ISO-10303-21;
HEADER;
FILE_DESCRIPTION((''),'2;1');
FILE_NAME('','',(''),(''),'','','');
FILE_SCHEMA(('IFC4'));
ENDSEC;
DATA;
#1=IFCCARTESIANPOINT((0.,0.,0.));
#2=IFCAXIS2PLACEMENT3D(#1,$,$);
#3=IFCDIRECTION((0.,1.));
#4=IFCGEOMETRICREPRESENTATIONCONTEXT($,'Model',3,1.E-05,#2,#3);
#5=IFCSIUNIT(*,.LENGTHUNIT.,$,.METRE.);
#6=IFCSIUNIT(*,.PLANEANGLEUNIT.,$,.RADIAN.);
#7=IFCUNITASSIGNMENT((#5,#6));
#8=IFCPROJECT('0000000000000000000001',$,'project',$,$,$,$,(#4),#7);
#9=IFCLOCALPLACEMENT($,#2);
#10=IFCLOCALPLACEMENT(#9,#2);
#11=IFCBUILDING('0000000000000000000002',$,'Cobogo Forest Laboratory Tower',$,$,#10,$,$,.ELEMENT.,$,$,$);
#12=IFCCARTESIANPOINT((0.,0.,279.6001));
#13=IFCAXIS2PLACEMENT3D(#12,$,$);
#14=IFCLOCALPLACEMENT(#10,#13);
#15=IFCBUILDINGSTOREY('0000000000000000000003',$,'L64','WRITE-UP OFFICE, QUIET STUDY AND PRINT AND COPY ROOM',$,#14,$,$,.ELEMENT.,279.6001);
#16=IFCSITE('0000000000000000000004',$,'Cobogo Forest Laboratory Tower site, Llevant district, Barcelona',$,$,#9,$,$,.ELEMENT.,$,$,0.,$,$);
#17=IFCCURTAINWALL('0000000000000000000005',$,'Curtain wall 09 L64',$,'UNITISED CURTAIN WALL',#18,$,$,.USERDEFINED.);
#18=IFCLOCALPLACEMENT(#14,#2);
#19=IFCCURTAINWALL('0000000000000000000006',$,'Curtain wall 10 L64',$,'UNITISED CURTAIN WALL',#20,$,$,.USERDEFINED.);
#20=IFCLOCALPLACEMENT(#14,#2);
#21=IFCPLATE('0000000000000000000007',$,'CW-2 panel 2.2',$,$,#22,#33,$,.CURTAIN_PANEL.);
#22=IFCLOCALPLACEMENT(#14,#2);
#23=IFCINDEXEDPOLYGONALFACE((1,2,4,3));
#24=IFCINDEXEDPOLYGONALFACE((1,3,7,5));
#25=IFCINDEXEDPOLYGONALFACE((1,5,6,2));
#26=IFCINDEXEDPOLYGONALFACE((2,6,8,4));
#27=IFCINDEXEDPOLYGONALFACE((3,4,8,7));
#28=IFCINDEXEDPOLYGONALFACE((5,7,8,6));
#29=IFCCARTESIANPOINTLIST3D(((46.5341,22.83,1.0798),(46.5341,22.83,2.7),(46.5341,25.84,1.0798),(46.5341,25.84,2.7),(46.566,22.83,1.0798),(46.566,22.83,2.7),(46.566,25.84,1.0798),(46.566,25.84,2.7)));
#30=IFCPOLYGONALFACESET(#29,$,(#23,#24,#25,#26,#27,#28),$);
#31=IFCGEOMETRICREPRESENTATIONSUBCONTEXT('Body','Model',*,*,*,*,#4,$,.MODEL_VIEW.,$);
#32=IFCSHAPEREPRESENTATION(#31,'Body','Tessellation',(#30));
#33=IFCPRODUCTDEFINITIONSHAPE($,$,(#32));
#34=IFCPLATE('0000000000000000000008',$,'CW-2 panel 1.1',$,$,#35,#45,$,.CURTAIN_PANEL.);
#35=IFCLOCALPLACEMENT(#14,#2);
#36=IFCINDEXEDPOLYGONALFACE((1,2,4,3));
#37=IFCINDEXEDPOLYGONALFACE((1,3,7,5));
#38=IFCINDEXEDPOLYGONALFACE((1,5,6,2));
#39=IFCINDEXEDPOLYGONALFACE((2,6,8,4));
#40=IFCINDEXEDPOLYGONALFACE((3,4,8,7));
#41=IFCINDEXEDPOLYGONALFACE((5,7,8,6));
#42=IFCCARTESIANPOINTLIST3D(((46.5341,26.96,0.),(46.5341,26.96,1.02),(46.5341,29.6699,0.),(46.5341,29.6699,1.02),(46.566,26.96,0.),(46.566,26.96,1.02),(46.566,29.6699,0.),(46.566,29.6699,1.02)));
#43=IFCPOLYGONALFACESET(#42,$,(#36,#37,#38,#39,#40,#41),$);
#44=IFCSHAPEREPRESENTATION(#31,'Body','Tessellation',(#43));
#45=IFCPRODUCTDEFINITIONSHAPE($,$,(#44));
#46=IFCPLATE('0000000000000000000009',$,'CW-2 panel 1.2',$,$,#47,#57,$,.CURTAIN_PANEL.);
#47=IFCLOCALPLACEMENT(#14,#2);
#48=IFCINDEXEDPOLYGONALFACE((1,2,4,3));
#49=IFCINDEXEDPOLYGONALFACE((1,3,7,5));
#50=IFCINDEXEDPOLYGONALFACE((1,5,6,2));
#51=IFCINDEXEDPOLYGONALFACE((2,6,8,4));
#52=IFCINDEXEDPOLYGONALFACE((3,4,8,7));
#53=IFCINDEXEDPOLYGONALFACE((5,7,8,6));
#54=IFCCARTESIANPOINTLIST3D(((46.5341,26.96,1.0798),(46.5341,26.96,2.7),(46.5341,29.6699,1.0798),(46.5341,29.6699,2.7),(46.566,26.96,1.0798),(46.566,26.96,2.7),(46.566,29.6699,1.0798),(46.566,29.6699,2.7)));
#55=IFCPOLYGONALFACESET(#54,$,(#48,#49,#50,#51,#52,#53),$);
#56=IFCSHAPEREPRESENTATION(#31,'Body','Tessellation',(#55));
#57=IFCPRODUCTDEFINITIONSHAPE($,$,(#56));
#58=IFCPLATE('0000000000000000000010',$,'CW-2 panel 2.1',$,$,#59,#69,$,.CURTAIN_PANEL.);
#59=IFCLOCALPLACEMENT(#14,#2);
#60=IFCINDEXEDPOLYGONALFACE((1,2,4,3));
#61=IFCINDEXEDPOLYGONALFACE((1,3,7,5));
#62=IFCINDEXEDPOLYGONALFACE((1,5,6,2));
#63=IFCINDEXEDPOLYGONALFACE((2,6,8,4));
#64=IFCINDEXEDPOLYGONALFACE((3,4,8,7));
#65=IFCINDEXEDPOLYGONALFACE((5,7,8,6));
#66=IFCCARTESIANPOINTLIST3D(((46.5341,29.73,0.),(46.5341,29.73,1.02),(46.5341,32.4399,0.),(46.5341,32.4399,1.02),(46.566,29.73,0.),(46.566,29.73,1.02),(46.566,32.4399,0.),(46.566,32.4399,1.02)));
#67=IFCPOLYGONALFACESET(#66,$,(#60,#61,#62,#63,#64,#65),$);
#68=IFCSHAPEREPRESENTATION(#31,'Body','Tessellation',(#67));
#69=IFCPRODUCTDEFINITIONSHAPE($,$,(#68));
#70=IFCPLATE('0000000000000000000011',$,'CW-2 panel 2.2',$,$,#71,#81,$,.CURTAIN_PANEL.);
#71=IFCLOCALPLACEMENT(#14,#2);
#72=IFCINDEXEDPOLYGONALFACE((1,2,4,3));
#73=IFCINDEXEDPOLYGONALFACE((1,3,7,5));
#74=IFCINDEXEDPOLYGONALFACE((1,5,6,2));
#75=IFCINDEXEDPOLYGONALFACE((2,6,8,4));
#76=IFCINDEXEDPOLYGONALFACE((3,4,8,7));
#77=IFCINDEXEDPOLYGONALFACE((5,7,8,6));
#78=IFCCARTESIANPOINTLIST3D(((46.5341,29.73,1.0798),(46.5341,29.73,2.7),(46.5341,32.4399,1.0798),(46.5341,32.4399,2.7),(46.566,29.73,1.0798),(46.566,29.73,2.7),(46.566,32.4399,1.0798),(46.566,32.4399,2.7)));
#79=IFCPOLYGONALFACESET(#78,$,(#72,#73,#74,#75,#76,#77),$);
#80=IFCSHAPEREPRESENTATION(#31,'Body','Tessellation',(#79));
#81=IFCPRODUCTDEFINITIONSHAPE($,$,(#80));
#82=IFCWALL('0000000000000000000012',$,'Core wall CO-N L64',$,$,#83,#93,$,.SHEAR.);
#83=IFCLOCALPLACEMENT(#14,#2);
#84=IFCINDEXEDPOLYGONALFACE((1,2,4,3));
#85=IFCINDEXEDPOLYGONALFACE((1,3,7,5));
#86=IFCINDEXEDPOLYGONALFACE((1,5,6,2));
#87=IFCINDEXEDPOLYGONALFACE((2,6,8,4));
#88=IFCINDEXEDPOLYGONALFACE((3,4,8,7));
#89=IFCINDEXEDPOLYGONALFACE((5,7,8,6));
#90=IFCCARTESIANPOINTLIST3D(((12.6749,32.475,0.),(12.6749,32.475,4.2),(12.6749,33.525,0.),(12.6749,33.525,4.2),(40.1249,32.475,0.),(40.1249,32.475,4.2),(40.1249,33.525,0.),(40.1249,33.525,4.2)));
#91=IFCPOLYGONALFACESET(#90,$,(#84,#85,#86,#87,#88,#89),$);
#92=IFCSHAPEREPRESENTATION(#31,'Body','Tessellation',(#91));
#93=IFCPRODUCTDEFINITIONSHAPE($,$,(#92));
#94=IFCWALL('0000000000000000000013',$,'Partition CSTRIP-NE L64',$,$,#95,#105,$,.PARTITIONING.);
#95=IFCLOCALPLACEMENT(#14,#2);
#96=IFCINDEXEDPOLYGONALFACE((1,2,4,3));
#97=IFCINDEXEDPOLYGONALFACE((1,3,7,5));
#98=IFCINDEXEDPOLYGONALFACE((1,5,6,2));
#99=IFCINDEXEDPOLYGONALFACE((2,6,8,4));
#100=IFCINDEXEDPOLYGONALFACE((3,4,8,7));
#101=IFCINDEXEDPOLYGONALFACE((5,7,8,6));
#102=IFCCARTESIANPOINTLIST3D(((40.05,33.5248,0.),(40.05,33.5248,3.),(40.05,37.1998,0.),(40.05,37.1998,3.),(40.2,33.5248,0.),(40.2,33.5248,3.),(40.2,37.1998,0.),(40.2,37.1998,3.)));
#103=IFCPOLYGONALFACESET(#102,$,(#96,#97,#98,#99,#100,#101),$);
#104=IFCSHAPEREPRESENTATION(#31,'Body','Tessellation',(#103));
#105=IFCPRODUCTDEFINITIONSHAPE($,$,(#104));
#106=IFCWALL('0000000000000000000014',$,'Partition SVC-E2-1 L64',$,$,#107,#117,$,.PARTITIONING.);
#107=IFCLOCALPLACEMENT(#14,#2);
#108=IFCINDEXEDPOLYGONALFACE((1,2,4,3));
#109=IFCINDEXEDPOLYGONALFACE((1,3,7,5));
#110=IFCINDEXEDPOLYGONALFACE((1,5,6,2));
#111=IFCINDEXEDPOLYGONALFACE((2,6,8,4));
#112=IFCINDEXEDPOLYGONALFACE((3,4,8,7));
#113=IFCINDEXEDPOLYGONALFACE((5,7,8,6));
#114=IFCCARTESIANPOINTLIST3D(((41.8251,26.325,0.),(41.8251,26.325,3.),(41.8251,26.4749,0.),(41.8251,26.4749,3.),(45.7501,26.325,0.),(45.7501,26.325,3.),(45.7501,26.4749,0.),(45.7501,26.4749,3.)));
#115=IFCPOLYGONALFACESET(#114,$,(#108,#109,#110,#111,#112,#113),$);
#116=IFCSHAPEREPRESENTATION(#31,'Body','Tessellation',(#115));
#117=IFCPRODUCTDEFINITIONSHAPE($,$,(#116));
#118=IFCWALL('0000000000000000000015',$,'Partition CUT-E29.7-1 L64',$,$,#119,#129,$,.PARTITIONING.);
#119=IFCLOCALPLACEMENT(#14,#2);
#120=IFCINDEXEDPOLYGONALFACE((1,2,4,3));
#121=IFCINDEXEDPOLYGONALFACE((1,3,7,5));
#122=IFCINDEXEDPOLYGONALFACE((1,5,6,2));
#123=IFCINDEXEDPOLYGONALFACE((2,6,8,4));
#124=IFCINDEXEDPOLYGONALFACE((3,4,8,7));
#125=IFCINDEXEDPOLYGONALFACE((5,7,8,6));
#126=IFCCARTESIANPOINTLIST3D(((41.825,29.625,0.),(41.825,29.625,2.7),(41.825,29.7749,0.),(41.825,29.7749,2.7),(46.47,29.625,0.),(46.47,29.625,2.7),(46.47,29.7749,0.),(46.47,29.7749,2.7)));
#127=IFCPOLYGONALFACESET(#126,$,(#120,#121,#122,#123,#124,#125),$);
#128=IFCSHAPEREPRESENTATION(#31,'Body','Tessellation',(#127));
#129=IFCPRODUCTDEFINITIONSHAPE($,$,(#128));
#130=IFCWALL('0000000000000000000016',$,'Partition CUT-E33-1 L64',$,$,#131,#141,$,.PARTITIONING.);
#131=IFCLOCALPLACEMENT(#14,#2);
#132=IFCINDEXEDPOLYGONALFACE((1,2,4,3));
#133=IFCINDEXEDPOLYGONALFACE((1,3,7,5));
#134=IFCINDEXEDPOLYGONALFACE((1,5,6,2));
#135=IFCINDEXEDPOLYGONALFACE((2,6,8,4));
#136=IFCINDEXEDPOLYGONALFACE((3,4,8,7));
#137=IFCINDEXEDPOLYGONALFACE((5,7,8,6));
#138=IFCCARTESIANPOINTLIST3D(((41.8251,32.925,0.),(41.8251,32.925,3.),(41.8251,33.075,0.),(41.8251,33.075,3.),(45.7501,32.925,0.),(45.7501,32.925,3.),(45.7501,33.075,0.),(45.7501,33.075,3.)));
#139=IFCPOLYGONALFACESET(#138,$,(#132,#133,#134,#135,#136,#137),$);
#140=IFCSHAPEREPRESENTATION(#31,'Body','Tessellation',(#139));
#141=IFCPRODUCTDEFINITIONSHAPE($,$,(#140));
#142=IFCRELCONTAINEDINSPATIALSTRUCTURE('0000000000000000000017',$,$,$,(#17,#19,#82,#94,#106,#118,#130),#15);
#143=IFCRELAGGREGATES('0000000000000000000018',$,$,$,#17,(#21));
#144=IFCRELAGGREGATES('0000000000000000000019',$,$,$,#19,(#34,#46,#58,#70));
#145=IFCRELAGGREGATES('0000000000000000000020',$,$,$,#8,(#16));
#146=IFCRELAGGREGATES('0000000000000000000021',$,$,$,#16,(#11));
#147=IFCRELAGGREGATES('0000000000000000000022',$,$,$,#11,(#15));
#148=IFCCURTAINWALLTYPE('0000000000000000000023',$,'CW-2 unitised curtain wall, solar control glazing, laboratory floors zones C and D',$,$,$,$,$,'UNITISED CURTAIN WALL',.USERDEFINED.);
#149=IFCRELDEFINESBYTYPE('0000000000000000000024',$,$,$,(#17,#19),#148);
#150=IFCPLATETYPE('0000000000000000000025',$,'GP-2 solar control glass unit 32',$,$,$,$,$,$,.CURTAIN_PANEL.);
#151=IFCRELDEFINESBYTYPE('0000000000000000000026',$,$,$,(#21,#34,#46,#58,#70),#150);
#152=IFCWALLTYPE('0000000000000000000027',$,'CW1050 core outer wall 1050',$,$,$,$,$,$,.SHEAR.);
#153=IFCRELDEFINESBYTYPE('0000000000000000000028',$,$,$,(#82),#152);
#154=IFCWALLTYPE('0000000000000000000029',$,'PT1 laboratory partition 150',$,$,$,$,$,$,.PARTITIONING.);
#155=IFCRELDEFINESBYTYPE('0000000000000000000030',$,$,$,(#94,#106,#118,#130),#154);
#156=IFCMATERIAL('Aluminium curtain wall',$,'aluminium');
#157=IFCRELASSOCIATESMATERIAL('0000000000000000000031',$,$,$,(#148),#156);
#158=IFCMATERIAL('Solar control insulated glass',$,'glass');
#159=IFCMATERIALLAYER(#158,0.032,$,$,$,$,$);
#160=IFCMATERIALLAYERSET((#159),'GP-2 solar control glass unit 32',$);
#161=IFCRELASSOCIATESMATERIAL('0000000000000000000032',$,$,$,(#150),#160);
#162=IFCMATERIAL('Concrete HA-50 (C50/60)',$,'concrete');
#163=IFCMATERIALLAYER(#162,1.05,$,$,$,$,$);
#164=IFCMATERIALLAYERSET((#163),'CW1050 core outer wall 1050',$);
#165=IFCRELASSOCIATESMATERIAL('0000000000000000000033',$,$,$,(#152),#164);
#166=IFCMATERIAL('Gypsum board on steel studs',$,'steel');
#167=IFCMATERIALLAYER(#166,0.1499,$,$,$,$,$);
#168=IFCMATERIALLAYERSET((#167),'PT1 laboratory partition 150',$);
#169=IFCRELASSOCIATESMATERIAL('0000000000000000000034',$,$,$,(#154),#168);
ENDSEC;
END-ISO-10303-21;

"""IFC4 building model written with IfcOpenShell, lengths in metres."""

from ifc_helpers import new_model, si_unit, direction, frame, frame_2d, origin, origin_2d, place, context, subcontext, project, spatial, rectangle, extrude, material, layer, layer_set, type_object, element, aggregate, save


model = new_model("IFC4")

# Units and contexts
model_context = context("Model", 3, precision=1e-05, world=origin(), true_north=direction((0.0, 1.0)))
body_context = subcontext(model_context, "Body", "Model", "MODEL_VIEW")
ifc_project = project(units=[si_unit("LENGTHUNIT", "METRE"), si_unit("PLANEANGLEUNIT", "RADIAN")], contexts=[model_context])

# Site, building, storey
site_placement = place(None, origin())
site = spatial("IfcSite", under=ifc_project, at=site_placement, Name="Cobogo Forest Laboratory Tower site, Llevant district, Barcelona", CompositionType="ELEMENT", RefElevation=0.0)
building_placement = place(site_placement, origin())
building = spatial("IfcBuilding", under=site, at=building_placement, Name="Cobogo Forest Laboratory Tower", CompositionType="ELEMENT")
storey_placement = place(building_placement, frame((0.0, 0.0, 279.6001)))
storey = spatial("IfcBuildingStorey", under=building, at=storey_placement, Name="L64", Description="WRITE-UP OFFICE, QUIET STUDY AND PRINT AND COPY ROOM", CompositionType="ELEMENT", Elevation=279.6001)

# Shared definitions
ifc_material_1 = material(Name="Concrete HA-50 (C50/60)", Category="concrete")

# Curtain wall
ifc_material_2 = material(Name="Aluminium curtain wall", Category="aluminium")
curtain_wall_type = type_object("IfcCurtainWallType", Name="CW-2 unitised curtain wall, solar control glazing, laboratory floors zones C and D", ElementType="UNITISED CURTAIN WALL", PredefinedType="USERDEFINED", material=ifc_material_2)
curtain_wall_1_placement = place(storey_placement, origin())
curtain_wall_1 = element("IfcCurtainWall", 1, at=curtain_wall_1_placement, inside=storey, type_object=curtain_wall_type, Name="Curtain wall 09 L64", ObjectType="UNITISED CURTAIN WALL", PredefinedType="USERDEFINED")

# Curtain wall
curtain_wall_2_placement = place(storey_placement, origin())
curtain_wall_2 = element("IfcCurtainWall", 2, at=curtain_wall_2_placement, inside=storey, type_object=curtain_wall_type, Name="Curtain wall 10 L64", ObjectType="UNITISED CURTAIN WALL", PredefinedType="USERDEFINED")

# Plates
ifc_material_3 = material(Name="Solar control insulated glass", Category="glass")
ifc_layer_1 = layer(ifc_material_3, 0.032)
ifc_layer_set_1 = layer_set([ifc_layer_1], Name="GP-2 solar control glass unit 32")
plate_type_1 = type_object("IfcPlateType", Name="GP-2 solar control glass unit 32", PredefinedType="CURTAIN_PANEL", material=ifc_layer_set_1)
plate_1_placement = place(storey_placement, frame((46.55, 24.335, 1.0798), z_axis=(0.0, 0.0, 1.0), x_axis=(0.0, 1.0, 0.0)))
plate_1 = element("IfcPlate", 3, at=plate_1_placement, type_object=plate_type_1, Name="CW-2 panel 2.2", PredefinedType="CURTAIN_PANEL", context=body_context, shape_type="SweptSolid", body=[
    extrude(rectangle(XDim=3.01, YDim=0.032, at=origin_2d()), origin(), (0.0, 0.0, 1.0), 1.6201),
])
aggregate(curtain_wall_1, [plate_1])
plate_2_placement = place(storey_placement, frame((46.55, 28.3149, 0.0), z_axis=(0.0, 0.0, 1.0), x_axis=(0.0, 1.0, 0.0)))
plate_2 = element("IfcPlate", 4, at=plate_2_placement, type_object=plate_type_1, Name="CW-2 panel 1.1", PredefinedType="CURTAIN_PANEL", context=body_context, shape_type="SweptSolid", body=[
    extrude(rectangle(XDim=2.71, YDim=0.032, at=origin_2d()), origin(), (0.0, 0.0, 1.0), 1.02),
])
plate_3_placement = place(storey_placement, frame((46.55, 28.3149, 1.0798), z_axis=(0.0, 0.0, 1.0), x_axis=(0.0, 1.0, 0.0)))
plate_3 = element("IfcPlate", 5, at=plate_3_placement, type_object=plate_type_1, Name="CW-2 panel 1.2", PredefinedType="CURTAIN_PANEL", context=body_context, shape_type="SweptSolid", body=[
    extrude(rectangle(XDim=2.71, YDim=0.032, at=origin_2d()), origin(), (0.0, 0.0, 1.0), 1.6201),
])
plate_4_placement = place(storey_placement, frame((46.55, 31.085, 0.0), z_axis=(0.0, 0.0, 1.0), x_axis=(0.0, 1.0, 0.0)))
plate_4 = element("IfcPlate", 6, at=plate_4_placement, type_object=plate_type_1, Name="CW-2 panel 2.1", PredefinedType="CURTAIN_PANEL", context=body_context, shape_type="SweptSolid", body=[
    extrude(rectangle(XDim=2.71, YDim=0.032, at=origin_2d()), origin(), (0.0, 0.0, 1.0), 1.02),
])
plate_5_placement = place(storey_placement, frame((46.55, 31.085, 1.0798), z_axis=(0.0, 0.0, 1.0), x_axis=(0.0, 1.0, 0.0)))
plate_5 = element("IfcPlate", 7, at=plate_5_placement, type_object=plate_type_1, Name="CW-2 panel 2.2", PredefinedType="CURTAIN_PANEL", context=body_context, shape_type="SweptSolid", body=[
    extrude(rectangle(XDim=2.71, YDim=0.032, at=origin_2d()), origin(), (0.0, 0.0, 1.0), 1.6201),
])
aggregate(curtain_wall_2, [plate_2, plate_3, plate_4, plate_5])

# Walls
ifc_layer_2 = layer(ifc_material_1, 1.05)
ifc_layer_set_2 = layer_set([ifc_layer_2], Name="CW1050 core outer wall 1050")
wall_type_1 = type_object("IfcWallType", Name="CW1050 core outer wall 1050", PredefinedType="SHEAR", material=ifc_layer_set_2)
wall_1_placement = place(storey_placement, frame((40.125, 33.0, 0.0), z_axis=(0.0, 0.0, 1.0), x_axis=(-1.0, 0.0, 0.0)))
element("IfcWall", 8, at=wall_1_placement, inside=storey, type_object=wall_type_1, Name="Core wall CO-N L64", PredefinedType="SHEAR", context=body_context, shape_type="SweptSolid", body=[
    extrude(rectangle(XDim=27.45, YDim=1.05, at=frame_2d((13.7251, 0.0))), origin(), (0.0, 0.0, 1.0), 4.2),
])
ifc_material_4 = material(Name="Gypsum board on steel studs", Category="steel")
ifc_layer_3 = layer(ifc_material_4, 0.1499)
ifc_layer_set_3 = layer_set([ifc_layer_3], Name="PT1 laboratory partition 150")
wall_type_2 = type_object("IfcWallType", Name="PT1 laboratory partition 150", PredefinedType="PARTITIONING", material=ifc_layer_set_3)
wall_2_placement = place(storey_placement, frame((40.125, 33.5249, 0.0), z_axis=(0.0, 0.0, 1.0), x_axis=(0.0, 1.0, 0.0)))
element("IfcWall", 9, at=wall_2_placement, inside=storey, type_object=wall_type_2, Name="Partition CSTRIP-NE L64", PredefinedType="PARTITIONING", context=body_context, shape_type="SweptSolid", body=[
    extrude(rectangle(XDim=3.675, YDim=0.1499, at=frame_2d((1.8374, 0.0))), origin(), (0.0, 0.0, 1.0), 3.0),
])
wall_3_placement = place(storey_placement, frame((45.75, 26.3999, 0.0), z_axis=(0.0, 0.0, 1.0), x_axis=(-1.0, 0.0, 0.0)))
element("IfcWall", 10, at=wall_3_placement, inside=storey, type_object=wall_type_2, Name="Partition SVC-E2-1 L64", PredefinedType="PARTITIONING", context=body_context, shape_type="SweptSolid", body=[
    extrude(rectangle(XDim=3.925, YDim=0.1499, at=frame_2d((1.9624, 0.0))), origin(), (0.0, 0.0, 1.0), 3.0),
])
wall_4_placement = place(storey_placement, frame((46.47, 29.7, 0.0), z_axis=(0.0, 0.0, 1.0), x_axis=(-1.0, 0.0, 0.0)))
element("IfcWall", 11, at=wall_4_placement, inside=storey, type_object=wall_type_2, Name="Partition CUT-E29.7-1 L64", PredefinedType="PARTITIONING", context=body_context, shape_type="SweptSolid", body=[
    extrude(rectangle(XDim=4.645, YDim=0.1499, at=frame_2d((2.3225, 0.0))), origin(), (0.0, 0.0, 1.0), 2.7),
])
wall_5_placement = place(storey_placement, frame((45.75, 33.0, 0.0), z_axis=(0.0, 0.0, 1.0), x_axis=(-1.0, 0.0, 0.0)))
element("IfcWall", 12, at=wall_5_placement, inside=storey, type_object=wall_type_2, Name="Partition CUT-E33-1 L64", PredefinedType="PARTITIONING", context=body_context, shape_type="SweptSolid", body=[
    extrude(rectangle(XDim=3.925, YDim=0.1499, at=frame_2d((1.9624, 0.0))), origin(), (0.0, 0.0, 1.0), 3.0),
])

save(model, "model.ifc")
